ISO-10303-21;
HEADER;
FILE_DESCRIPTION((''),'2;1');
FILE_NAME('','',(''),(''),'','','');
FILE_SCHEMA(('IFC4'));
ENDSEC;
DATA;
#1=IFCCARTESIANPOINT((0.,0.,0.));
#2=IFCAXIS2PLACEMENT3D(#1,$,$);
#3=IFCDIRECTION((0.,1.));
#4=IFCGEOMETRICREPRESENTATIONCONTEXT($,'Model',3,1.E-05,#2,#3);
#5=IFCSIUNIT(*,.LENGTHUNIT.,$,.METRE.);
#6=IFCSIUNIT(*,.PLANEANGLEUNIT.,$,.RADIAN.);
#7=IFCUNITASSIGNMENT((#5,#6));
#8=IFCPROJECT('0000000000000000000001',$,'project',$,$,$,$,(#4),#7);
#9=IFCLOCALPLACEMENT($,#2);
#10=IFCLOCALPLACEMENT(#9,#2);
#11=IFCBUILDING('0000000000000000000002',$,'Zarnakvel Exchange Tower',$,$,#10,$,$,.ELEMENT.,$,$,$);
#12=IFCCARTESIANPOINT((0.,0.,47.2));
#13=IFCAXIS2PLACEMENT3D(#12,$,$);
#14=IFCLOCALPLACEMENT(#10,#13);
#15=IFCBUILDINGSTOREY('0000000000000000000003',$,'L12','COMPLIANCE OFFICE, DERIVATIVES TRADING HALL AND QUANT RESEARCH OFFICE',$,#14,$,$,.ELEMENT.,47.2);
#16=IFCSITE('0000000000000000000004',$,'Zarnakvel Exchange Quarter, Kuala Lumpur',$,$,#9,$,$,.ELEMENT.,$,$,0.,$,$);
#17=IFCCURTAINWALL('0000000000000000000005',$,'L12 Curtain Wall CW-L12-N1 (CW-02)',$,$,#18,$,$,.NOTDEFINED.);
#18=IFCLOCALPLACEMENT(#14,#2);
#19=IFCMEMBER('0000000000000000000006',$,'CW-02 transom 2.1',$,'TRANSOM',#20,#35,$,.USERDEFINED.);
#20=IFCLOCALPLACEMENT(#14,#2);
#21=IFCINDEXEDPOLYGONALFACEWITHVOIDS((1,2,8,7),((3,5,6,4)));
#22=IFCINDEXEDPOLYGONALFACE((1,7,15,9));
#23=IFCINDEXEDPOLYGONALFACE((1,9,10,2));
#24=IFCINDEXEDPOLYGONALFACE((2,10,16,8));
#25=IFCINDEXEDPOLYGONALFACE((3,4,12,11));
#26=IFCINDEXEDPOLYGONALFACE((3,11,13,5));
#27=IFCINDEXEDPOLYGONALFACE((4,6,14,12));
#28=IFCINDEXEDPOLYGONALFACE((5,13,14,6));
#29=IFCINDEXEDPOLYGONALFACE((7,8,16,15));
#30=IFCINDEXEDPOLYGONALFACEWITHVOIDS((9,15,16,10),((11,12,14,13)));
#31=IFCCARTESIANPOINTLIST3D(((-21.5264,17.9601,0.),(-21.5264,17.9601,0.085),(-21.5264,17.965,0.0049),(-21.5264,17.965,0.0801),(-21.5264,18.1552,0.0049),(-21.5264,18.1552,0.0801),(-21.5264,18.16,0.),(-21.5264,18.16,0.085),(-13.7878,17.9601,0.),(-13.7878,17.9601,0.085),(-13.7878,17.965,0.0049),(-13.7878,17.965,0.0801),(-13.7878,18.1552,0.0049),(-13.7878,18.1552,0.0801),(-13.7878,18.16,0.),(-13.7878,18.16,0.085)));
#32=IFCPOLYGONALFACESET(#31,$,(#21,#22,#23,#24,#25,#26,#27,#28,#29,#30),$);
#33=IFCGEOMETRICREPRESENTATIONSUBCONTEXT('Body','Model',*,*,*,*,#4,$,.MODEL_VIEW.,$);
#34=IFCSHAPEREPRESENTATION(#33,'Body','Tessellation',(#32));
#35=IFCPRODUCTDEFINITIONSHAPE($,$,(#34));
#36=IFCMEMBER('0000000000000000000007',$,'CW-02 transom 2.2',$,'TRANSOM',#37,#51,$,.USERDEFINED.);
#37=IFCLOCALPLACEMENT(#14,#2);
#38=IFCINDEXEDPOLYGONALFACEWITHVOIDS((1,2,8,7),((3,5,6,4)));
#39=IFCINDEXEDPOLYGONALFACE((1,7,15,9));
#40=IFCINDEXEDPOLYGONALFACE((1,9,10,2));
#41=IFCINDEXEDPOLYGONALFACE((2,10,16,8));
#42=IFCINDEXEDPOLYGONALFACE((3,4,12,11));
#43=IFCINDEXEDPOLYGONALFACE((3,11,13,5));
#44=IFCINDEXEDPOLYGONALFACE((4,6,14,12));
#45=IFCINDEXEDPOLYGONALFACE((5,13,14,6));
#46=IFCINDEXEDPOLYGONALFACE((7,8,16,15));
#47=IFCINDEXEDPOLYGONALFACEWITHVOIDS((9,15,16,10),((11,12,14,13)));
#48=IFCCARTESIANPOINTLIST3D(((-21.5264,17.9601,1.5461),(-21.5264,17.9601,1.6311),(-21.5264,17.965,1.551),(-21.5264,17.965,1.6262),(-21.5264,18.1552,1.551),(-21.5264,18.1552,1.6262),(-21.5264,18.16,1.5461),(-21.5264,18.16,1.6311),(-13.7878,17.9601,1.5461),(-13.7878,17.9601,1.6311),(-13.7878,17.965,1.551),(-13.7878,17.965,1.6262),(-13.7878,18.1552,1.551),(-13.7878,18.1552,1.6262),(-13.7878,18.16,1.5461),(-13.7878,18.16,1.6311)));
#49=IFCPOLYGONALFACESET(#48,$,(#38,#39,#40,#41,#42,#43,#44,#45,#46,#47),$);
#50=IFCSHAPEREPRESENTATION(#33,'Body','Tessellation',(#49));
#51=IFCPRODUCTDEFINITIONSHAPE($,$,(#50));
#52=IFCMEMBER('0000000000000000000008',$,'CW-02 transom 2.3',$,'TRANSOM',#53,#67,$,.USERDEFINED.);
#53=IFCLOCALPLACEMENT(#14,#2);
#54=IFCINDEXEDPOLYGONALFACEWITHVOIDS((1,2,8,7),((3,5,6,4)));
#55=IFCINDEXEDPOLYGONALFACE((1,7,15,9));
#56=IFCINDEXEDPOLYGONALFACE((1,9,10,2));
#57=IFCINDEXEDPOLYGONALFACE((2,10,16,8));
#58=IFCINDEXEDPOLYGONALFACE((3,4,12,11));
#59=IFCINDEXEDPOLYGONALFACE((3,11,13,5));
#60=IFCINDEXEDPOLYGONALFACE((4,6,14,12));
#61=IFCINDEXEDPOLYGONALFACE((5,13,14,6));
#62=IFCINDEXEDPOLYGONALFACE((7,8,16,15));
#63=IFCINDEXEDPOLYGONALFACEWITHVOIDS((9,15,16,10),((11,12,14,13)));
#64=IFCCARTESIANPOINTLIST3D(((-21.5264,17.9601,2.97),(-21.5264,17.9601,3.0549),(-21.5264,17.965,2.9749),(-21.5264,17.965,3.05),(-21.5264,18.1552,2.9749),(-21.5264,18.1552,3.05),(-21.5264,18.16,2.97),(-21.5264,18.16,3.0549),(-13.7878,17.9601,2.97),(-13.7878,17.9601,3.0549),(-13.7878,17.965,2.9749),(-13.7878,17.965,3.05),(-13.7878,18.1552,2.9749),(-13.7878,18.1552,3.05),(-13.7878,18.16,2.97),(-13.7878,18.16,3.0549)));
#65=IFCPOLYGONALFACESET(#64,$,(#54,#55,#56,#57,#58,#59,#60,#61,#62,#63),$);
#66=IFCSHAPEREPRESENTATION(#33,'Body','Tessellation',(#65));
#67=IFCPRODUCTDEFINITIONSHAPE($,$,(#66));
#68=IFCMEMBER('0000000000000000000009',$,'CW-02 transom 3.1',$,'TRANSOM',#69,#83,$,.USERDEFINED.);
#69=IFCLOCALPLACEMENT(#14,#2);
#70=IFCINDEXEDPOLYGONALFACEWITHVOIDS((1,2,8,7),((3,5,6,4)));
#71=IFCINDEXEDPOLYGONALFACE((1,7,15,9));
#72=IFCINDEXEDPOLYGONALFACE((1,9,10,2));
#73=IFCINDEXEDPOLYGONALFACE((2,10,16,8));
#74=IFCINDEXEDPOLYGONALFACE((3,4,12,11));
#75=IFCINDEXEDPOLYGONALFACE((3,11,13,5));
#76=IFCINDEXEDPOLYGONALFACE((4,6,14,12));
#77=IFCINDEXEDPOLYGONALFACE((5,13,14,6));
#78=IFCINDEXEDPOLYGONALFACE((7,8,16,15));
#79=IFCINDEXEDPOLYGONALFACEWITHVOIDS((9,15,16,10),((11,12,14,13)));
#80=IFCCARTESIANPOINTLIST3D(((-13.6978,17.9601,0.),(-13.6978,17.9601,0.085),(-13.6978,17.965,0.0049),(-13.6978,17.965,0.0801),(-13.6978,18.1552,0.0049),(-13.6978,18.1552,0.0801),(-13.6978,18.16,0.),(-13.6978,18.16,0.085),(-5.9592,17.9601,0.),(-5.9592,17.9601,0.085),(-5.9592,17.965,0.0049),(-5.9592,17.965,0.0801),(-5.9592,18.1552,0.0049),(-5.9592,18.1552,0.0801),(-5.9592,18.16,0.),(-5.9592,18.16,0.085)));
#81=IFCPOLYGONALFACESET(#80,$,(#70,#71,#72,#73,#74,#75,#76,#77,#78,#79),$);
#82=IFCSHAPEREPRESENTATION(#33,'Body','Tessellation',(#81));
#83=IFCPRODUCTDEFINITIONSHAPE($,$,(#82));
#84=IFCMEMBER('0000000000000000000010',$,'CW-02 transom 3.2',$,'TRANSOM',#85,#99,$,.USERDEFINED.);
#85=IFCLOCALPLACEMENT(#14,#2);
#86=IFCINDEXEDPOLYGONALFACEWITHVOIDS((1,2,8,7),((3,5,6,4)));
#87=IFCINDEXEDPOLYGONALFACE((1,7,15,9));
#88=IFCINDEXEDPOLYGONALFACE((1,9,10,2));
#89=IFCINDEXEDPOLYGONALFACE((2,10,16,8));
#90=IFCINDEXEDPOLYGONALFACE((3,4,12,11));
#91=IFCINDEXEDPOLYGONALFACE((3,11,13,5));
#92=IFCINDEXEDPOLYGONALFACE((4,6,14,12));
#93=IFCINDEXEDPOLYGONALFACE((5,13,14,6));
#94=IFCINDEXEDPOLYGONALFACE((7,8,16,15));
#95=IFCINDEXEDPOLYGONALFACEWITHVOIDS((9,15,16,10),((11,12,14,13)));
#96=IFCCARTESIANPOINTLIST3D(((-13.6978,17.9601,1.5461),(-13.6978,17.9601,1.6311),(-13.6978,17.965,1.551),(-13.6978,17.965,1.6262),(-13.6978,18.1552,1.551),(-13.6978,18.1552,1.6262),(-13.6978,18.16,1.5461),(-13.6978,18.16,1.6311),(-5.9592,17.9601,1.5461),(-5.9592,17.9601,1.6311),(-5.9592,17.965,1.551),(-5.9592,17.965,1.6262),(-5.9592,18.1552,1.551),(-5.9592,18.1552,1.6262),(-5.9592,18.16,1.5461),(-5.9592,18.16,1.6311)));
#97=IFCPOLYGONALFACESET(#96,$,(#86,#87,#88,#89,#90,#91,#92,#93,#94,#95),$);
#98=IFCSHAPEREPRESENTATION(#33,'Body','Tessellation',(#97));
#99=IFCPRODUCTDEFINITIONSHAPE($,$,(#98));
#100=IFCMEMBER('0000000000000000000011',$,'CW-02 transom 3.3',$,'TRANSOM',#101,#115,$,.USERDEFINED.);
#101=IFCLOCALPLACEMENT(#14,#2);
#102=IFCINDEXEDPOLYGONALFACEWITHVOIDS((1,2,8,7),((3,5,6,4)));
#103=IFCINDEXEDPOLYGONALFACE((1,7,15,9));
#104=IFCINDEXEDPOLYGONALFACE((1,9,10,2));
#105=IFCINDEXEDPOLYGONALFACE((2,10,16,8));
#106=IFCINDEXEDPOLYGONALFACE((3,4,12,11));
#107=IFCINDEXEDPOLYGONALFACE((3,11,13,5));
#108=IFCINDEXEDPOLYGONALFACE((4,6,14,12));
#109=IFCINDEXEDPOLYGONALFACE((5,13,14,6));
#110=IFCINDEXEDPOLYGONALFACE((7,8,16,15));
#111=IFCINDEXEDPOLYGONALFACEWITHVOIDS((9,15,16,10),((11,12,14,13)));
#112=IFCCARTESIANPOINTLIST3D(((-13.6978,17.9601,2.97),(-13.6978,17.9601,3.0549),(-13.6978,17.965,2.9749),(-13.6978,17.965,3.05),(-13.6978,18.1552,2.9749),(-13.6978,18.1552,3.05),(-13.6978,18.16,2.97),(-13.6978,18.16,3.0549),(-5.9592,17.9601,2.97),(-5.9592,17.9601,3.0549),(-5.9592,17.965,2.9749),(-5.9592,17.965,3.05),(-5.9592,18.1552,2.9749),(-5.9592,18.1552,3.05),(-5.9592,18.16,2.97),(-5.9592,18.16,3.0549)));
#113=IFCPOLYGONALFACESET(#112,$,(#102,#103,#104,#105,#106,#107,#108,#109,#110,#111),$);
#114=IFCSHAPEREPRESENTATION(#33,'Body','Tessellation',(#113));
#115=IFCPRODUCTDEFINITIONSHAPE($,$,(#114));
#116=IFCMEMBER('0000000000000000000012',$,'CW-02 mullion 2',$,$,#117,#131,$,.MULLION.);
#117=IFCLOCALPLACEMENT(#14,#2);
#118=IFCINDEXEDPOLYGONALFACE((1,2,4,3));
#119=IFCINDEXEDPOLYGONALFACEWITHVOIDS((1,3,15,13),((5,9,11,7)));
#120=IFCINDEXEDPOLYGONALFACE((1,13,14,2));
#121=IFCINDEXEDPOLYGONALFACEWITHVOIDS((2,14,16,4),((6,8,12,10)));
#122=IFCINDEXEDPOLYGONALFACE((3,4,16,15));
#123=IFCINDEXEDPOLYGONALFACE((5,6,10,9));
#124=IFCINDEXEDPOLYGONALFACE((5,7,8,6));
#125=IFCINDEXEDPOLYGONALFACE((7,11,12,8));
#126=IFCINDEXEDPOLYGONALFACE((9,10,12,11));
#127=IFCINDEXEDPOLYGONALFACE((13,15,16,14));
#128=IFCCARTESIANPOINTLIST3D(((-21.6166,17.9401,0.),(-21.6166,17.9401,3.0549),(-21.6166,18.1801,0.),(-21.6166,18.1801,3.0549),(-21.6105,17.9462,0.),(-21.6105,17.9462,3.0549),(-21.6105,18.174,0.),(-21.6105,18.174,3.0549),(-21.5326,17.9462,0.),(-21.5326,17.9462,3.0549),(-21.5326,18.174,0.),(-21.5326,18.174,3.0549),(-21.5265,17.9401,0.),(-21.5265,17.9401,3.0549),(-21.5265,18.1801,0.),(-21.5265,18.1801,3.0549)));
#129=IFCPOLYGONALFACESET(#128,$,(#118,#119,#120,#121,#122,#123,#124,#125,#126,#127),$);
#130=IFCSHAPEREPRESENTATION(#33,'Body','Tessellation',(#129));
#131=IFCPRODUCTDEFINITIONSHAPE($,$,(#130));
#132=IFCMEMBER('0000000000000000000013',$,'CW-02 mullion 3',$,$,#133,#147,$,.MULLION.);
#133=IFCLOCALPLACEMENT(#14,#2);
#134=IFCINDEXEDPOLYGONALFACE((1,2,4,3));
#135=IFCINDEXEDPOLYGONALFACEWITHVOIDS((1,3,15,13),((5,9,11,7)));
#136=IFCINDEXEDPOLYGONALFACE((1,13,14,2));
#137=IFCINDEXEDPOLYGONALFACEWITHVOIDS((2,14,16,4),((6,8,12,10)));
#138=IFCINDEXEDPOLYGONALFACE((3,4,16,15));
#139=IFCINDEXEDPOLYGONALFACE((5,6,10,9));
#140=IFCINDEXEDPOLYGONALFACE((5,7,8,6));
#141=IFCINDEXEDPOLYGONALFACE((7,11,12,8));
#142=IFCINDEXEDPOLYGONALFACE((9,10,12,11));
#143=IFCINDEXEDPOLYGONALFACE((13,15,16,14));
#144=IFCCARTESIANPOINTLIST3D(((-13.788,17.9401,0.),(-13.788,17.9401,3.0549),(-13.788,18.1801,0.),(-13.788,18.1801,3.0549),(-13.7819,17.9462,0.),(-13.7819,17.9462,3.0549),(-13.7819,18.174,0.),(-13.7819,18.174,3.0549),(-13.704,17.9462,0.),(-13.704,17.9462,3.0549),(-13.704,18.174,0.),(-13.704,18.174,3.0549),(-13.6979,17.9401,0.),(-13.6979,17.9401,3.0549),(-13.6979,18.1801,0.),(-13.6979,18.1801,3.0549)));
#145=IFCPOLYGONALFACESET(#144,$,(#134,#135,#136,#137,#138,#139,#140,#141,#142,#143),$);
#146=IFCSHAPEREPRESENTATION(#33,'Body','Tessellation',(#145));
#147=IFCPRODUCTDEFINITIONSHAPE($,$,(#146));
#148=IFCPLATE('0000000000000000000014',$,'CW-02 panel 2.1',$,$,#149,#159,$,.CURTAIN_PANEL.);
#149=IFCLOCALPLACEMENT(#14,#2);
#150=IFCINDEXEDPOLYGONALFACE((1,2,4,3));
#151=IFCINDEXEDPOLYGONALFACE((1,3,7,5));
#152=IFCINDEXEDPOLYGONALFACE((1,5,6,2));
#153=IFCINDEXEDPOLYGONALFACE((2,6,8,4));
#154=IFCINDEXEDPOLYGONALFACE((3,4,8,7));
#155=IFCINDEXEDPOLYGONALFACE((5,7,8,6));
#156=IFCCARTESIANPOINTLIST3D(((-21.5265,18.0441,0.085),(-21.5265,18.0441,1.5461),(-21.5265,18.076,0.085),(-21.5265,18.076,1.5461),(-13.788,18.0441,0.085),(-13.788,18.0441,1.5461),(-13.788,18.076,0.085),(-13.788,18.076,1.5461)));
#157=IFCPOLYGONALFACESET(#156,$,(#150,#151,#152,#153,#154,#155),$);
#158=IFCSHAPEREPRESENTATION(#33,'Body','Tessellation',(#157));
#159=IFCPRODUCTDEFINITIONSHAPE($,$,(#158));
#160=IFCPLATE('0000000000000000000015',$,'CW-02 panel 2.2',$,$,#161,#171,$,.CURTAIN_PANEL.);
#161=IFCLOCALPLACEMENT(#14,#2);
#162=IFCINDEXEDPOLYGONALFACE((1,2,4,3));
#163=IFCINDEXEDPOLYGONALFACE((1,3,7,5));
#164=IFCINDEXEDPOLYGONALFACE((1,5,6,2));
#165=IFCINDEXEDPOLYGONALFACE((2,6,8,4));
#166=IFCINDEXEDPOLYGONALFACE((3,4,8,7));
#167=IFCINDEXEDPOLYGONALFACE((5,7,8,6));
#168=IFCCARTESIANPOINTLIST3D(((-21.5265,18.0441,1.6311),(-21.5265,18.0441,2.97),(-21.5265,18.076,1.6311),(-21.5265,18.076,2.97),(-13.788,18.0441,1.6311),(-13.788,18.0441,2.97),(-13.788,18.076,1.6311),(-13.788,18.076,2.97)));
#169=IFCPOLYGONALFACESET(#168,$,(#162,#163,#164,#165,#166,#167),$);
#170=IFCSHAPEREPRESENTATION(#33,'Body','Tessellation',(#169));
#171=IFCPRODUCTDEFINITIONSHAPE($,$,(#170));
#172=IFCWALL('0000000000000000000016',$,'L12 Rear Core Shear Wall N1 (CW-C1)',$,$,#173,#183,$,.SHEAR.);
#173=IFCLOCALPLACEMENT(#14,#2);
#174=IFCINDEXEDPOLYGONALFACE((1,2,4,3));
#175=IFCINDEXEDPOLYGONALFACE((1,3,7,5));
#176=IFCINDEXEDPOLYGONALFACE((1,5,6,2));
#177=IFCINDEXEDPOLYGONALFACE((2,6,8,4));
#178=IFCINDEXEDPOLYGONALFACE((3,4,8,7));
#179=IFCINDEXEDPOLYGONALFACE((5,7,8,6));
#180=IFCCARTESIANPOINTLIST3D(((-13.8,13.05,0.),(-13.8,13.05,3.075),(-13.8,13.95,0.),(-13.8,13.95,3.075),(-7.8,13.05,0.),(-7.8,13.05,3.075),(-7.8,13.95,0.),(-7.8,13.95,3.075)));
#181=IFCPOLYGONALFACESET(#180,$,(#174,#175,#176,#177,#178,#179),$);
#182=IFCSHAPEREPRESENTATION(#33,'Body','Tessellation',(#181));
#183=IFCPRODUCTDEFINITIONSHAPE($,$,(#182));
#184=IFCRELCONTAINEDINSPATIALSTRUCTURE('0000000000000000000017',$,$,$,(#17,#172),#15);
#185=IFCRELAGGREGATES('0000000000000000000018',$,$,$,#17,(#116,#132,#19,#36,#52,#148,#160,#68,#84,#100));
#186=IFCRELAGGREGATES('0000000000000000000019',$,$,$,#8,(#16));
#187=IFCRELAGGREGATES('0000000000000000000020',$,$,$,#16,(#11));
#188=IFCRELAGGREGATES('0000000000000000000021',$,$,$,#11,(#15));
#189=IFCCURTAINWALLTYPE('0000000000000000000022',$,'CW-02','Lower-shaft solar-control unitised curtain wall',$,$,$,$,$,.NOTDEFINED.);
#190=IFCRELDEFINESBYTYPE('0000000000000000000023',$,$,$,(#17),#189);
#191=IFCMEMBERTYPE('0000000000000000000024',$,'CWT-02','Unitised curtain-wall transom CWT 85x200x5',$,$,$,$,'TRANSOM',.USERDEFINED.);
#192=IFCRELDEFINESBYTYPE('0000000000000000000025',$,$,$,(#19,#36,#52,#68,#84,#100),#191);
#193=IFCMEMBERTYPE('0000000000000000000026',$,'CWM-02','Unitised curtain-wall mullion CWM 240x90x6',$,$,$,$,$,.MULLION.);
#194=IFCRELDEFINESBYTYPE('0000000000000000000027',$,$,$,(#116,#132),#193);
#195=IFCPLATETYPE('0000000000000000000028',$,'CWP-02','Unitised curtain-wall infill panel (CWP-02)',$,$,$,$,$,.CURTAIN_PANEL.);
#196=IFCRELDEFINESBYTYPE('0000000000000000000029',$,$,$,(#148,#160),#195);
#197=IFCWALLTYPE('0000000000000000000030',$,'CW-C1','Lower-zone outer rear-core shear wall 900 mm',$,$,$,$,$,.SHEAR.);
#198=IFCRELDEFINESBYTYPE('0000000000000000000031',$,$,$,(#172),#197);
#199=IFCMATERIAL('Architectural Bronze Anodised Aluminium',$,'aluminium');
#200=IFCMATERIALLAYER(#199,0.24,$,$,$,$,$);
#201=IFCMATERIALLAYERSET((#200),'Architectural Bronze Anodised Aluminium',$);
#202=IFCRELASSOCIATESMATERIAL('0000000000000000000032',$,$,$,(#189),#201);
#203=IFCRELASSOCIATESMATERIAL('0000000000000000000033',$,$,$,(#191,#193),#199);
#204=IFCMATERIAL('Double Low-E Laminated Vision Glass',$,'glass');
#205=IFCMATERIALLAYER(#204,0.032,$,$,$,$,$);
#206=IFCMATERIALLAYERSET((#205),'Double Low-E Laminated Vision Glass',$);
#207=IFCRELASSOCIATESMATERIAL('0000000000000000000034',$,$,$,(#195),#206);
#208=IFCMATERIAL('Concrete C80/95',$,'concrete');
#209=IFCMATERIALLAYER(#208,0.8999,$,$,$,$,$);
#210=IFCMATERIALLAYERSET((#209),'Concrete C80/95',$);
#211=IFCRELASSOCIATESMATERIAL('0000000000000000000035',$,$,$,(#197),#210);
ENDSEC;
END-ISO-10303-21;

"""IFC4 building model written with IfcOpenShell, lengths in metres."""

from ifc_helpers import new_model, si_unit, direction, frame, frame_2d, origin, origin_2d, place, context, subcontext, project, spatial, rectangle, hollow_rectangle, extrude, source, transform, mapped, material, layer, layer_set, material_profile, profile_set, type_object, element, aggregate, save


model = new_model("IFC4")

# Units and contexts
model_context = context("Model", 3, precision=1e-05, world=origin(), true_north=direction((0.0, 1.0)))
body_context = subcontext(model_context, "Body", "Model", "MODEL_VIEW")
ifc_project = project(units=[si_unit("LENGTHUNIT", "METRE"), si_unit("PLANEANGLEUNIT", "RADIAN")], contexts=[model_context])

# Site, building, storey
site_placement = place(None, origin())
site = spatial("IfcSite", under=ifc_project, at=site_placement, Name="Zarnakvel Exchange Quarter, Kuala Lumpur", CompositionType="ELEMENT", RefElevation=0.0)
building_placement = place(site_placement, origin())
building = spatial("IfcBuilding", under=site, at=building_placement, Name="Zarnakvel Exchange Tower", CompositionType="ELEMENT")
storey_placement = place(building_placement, frame((0.0, 0.0, 47.2)))
storey = spatial("IfcBuildingStorey", under=building, at=storey_placement, Name="L12", Description="COMPLIANCE OFFICE, DERIVATIVES TRADING HALL AND QUANT RESEARCH OFFICE", CompositionType="ELEMENT", Elevation=47.2)

# Shared definitions
ifc_material_1 = material(Name="Concrete C80/95", Category="concrete")

# Curtain wall, members, plates
ifc_material_2 = material(Name="Architectural Bronze Anodised Aluminium", Category="aluminium")
ifc_layer_1 = layer(ifc_material_2, 0.24)
ifc_layer_set_1 = layer_set([ifc_layer_1], Name="Architectural Bronze Anodised Aluminium")
curtain_wall_type = type_object("IfcCurtainWallType", Name="CW-02", Description="Lower-shaft solar-control unitised curtain wall", PredefinedType="NOTDEFINED", material=ifc_layer_set_1)
curtain_wall_placement = place(storey_placement, origin())
curtain_wall = element("IfcCurtainWall", 1, at=curtain_wall_placement, inside=storey, type_object=curtain_wall_type, Name="L12 Curtain Wall CW-L12-N1 (CW-02)", PredefinedType="NOTDEFINED")
ifc_material_profile_1 = material_profile(ifc_material_2, hollow_rectangle(XDim=0.2, YDim=0.085, WallThickness=0.0049, at=origin_2d()))
ifc_profile_set_1 = profile_set([ifc_material_profile_1], Name="Architectural Bronze Anodised Aluminium")
member_type_1 = type_object("IfcMemberType", Name="CWT-02", Description="Unitised curtain-wall transom CWT 85x200x5", ElementType="TRANSOM", PredefinedType="USERDEFINED", material=ifc_profile_set_1)
shared_shape_1 = source(origin(), body_context, "Body", "SweptSolid", [
    extrude(hollow_rectangle(XDim=0.2, YDim=0.085, WallThickness=0.0049, at=origin_2d()), origin(), (0.0, 0.0, 1.0), 7.7385),
])
member_1_placement = place(storey_placement, frame((-21.5264, 18.0601, 0.0425), z_axis=(1.0, 0.0, 0.0), x_axis=(0.0, 1.0, 0.0)))
member_1 = element("IfcMember", 2, at=member_1_placement, type_object=member_type_1, Name="CW-02 transom 2.1", ObjectType="TRANSOM", PredefinedType="USERDEFINED", context=body_context, shape_type="MappedRepresentation", body=[
    mapped(shared_shape_1, transform((0.0, 0.0, 0.0), x_axis=(1.0, 0.0, 0.0), y_axis=(0.0, 1.0, 0.0), z_axis=(0.0, 0.0, 1.0), scale=1.0)),
])
member_2_placement = place(storey_placement, frame((-21.5264, 18.0601, 1.5886), z_axis=(1.0, 0.0, 0.0), x_axis=(0.0, 1.0, 0.0)))
member_2 = element("IfcMember", 3, at=member_2_placement, type_object=member_type_1, Name="CW-02 transom 2.2", ObjectType="TRANSOM", PredefinedType="USERDEFINED", context=body_context, shape_type="MappedRepresentation", body=[
    mapped(shared_shape_1, transform((0.0, 0.0, 0.0), x_axis=(1.0, 0.0, 0.0), y_axis=(0.0, 1.0, 0.0), z_axis=(0.0, 0.0, 1.0), scale=1.0)),
])
member_3_placement = place(storey_placement, frame((-21.5264, 18.0601, 3.0125), z_axis=(1.0, 0.0, 0.0), x_axis=(0.0, 1.0, 0.0)))
member_3 = element("IfcMember", 4, at=member_3_placement, type_object=member_type_1, Name="CW-02 transom 2.3", ObjectType="TRANSOM", PredefinedType="USERDEFINED", context=body_context, shape_type="MappedRepresentation", body=[
    mapped(shared_shape_1, transform((0.0, 0.0, 0.0), x_axis=(1.0, 0.0, 0.0), y_axis=(0.0, 1.0, 0.0), z_axis=(0.0, 0.0, 1.0), scale=1.0)),
])
member_4_placement = place(storey_placement, frame((-13.6978, 18.0601, 0.0425), z_axis=(1.0, 0.0, 0.0), x_axis=(0.0, 1.0, 0.0)))
member_4 = element("IfcMember", 5, at=member_4_placement, type_object=member_type_1, Name="CW-02 transom 3.1", ObjectType="TRANSOM", PredefinedType="USERDEFINED", context=body_context, shape_type="MappedRepresentation", body=[
    mapped(shared_shape_1, transform((0.0, 0.0, 0.0), x_axis=(1.0, 0.0, 0.0), y_axis=(0.0, 1.0, 0.0), z_axis=(0.0, 0.0, 1.0), scale=1.0)),
])
member_5_placement = place(storey_placement, frame((-13.6978, 18.0601, 1.5886), z_axis=(1.0, 0.0, 0.0), x_axis=(0.0, 1.0, 0.0)))
member_5 = element("IfcMember", 6, at=member_5_placement, type_object=member_type_1, Name="CW-02 transom 3.2", ObjectType="TRANSOM", PredefinedType="USERDEFINED", context=body_context, shape_type="MappedRepresentation", body=[
    mapped(shared_shape_1, transform((0.0, 0.0, 0.0), x_axis=(1.0, 0.0, 0.0), y_axis=(0.0, 1.0, 0.0), z_axis=(0.0, 0.0, 1.0), scale=1.0)),
])
member_6_placement = place(storey_placement, frame((-13.6978, 18.0601, 3.0125), z_axis=(1.0, 0.0, 0.0), x_axis=(0.0, 1.0, 0.0)))
member_6 = element("IfcMember", 7, at=member_6_placement, type_object=member_type_1, Name="CW-02 transom 3.3", ObjectType="TRANSOM", PredefinedType="USERDEFINED", context=body_context, shape_type="MappedRepresentation", body=[
    mapped(shared_shape_1, transform((0.0, 0.0, 0.0), x_axis=(1.0, 0.0, 0.0), y_axis=(0.0, 1.0, 0.0), z_axis=(0.0, 0.0, 1.0), scale=1.0)),
])
ifc_material_profile_2 = material_profile(ifc_material_2, hollow_rectangle(XDim=0.24, YDim=0.0901, WallThickness=0.0061, at=origin_2d()))
ifc_profile_set_2 = profile_set([ifc_material_profile_2], Name="Architectural Bronze Anodised Aluminium")
member_type_2 = type_object("IfcMemberType", Name="CWM-02", Description="Unitised curtain-wall mullion CWM 240x90x6", PredefinedType="MULLION", material=ifc_profile_set_2)
shared_shape_2 = source(origin(), body_context, "Body", "SweptSolid", [
    extrude(hollow_rectangle(XDim=0.24, YDim=0.0901, WallThickness=0.0061, at=origin_2d()), origin(), (0.0, 0.0, 1.0), 3.0549),
])
member_7_placement = place(storey_placement, frame((-21.5715, 18.0601, 0.0), z_axis=(0.0, 0.0, 1.0), x_axis=(0.0, 1.0, 0.0)))
member_7 = element("IfcMember", 8, at=member_7_placement, type_object=member_type_2, Name="CW-02 mullion 2", PredefinedType="MULLION", context=body_context, shape_type="MappedRepresentation", body=[
    mapped(shared_shape_2, transform((0.0, 0.0, 0.0), x_axis=(1.0, 0.0, 0.0), y_axis=(0.0, 1.0, 0.0), z_axis=(0.0, 0.0, 1.0), scale=1.0)),
])
member_8_placement = place(storey_placement, frame((-13.7429, 18.0601, 0.0), z_axis=(0.0, 0.0, 1.0), x_axis=(0.0, 1.0, 0.0)))
member_8 = element("IfcMember", 9, at=member_8_placement, type_object=member_type_2, Name="CW-02 mullion 3", PredefinedType="MULLION", context=body_context, shape_type="MappedRepresentation", body=[
    mapped(shared_shape_2, transform((0.0, 0.0, 0.0), x_axis=(1.0, 0.0, 0.0), y_axis=(0.0, 1.0, 0.0), z_axis=(0.0, 0.0, 1.0), scale=1.0)),
])
ifc_material_3 = material(Name="Double Low-E Laminated Vision Glass", Category="glass")
ifc_layer_2 = layer(ifc_material_3, 0.032)
ifc_layer_set_2 = layer_set([ifc_layer_2], Name="Double Low-E Laminated Vision Glass")
plate_type = type_object("IfcPlateType", Name="CWP-02", Description="Unitised curtain-wall infill panel (CWP-02)", PredefinedType="CURTAIN_PANEL", material=ifc_layer_set_2)
shared_shape_3 = source(origin(), body_context, "Body", "SweptSolid", [
    extrude(rectangle(XDim=7.7385, YDim=0.032, at=origin_2d()), origin(), (0.0, 0.0, 1.0), 1.4612),
])
plate_1_placement = place(storey_placement, frame((-17.6572, 18.0601, 0.085), z_axis=(0.0, 0.0, 1.0), x_axis=(1.0, 0.0, 0.0)))
plate_1 = element("IfcPlate", 10, at=plate_1_placement, type_object=plate_type, Name="CW-02 panel 2.1", PredefinedType="CURTAIN_PANEL", context=body_context, shape_type="MappedRepresentation", body=[
    mapped(shared_shape_3, transform((0.0, 0.0, 0.0), x_axis=(1.0, 0.0, 0.0), y_axis=(0.0, 1.0, 0.0), z_axis=(0.0, 0.0, 1.0), scale=1.0)),
])
shared_shape_4 = source(origin(), body_context, "Body", "SweptSolid", [
    extrude(rectangle(XDim=7.7385, YDim=0.032, at=origin_2d()), origin(), (0.0, 0.0, 1.0), 1.3389),
])
plate_2_placement = place(storey_placement, frame((-17.6572, 18.0601, 1.6311), z_axis=(0.0, 0.0, 1.0), x_axis=(1.0, 0.0, 0.0)))
plate_2 = element("IfcPlate", 11, at=plate_2_placement, type_object=plate_type, Name="CW-02 panel 2.2", PredefinedType="CURTAIN_PANEL", context=body_context, shape_type="MappedRepresentation", body=[
    mapped(shared_shape_4, transform((0.0, 0.0, 0.0), x_axis=(1.0, 0.0, 0.0), y_axis=(0.0, 1.0, 0.0), z_axis=(0.0, 0.0, 1.0), scale=1.0)),
])
aggregate(curtain_wall, [member_7, member_8, member_1, member_2, member_3, plate_1, plate_2, member_4, member_5, member_6])

# Wall
ifc_layer_3 = layer(ifc_material_1, 0.8999)
ifc_layer_set_3 = layer_set([ifc_layer_3], Name="Concrete C80/95")
wall_type_1 = type_object("IfcWallType", Name="CW-C1", Description="Lower-zone outer rear-core shear wall 900 mm", PredefinedType="SHEAR", material=ifc_layer_set_3)
wall_1_placement = place(storey_placement, frame((-13.8, 13.5, 0.0), z_axis=(0.0, 0.0, 1.0), x_axis=(1.0, 0.0, 0.0)))
element("IfcWall", 12, at=wall_1_placement, inside=storey, type_object=wall_type_1, Name="L12 Rear Core Shear Wall N1 (CW-C1)", PredefinedType="SHEAR", context=body_context, shape_type="SweptSolid", body=[
    extrude(rectangle(XDim=6.0, YDim=0.8999, at=frame_2d((3.0, 0.0))), origin(), (0.0, 0.0, 1.0), 3.075),
])

save(model, "model.ifc")
